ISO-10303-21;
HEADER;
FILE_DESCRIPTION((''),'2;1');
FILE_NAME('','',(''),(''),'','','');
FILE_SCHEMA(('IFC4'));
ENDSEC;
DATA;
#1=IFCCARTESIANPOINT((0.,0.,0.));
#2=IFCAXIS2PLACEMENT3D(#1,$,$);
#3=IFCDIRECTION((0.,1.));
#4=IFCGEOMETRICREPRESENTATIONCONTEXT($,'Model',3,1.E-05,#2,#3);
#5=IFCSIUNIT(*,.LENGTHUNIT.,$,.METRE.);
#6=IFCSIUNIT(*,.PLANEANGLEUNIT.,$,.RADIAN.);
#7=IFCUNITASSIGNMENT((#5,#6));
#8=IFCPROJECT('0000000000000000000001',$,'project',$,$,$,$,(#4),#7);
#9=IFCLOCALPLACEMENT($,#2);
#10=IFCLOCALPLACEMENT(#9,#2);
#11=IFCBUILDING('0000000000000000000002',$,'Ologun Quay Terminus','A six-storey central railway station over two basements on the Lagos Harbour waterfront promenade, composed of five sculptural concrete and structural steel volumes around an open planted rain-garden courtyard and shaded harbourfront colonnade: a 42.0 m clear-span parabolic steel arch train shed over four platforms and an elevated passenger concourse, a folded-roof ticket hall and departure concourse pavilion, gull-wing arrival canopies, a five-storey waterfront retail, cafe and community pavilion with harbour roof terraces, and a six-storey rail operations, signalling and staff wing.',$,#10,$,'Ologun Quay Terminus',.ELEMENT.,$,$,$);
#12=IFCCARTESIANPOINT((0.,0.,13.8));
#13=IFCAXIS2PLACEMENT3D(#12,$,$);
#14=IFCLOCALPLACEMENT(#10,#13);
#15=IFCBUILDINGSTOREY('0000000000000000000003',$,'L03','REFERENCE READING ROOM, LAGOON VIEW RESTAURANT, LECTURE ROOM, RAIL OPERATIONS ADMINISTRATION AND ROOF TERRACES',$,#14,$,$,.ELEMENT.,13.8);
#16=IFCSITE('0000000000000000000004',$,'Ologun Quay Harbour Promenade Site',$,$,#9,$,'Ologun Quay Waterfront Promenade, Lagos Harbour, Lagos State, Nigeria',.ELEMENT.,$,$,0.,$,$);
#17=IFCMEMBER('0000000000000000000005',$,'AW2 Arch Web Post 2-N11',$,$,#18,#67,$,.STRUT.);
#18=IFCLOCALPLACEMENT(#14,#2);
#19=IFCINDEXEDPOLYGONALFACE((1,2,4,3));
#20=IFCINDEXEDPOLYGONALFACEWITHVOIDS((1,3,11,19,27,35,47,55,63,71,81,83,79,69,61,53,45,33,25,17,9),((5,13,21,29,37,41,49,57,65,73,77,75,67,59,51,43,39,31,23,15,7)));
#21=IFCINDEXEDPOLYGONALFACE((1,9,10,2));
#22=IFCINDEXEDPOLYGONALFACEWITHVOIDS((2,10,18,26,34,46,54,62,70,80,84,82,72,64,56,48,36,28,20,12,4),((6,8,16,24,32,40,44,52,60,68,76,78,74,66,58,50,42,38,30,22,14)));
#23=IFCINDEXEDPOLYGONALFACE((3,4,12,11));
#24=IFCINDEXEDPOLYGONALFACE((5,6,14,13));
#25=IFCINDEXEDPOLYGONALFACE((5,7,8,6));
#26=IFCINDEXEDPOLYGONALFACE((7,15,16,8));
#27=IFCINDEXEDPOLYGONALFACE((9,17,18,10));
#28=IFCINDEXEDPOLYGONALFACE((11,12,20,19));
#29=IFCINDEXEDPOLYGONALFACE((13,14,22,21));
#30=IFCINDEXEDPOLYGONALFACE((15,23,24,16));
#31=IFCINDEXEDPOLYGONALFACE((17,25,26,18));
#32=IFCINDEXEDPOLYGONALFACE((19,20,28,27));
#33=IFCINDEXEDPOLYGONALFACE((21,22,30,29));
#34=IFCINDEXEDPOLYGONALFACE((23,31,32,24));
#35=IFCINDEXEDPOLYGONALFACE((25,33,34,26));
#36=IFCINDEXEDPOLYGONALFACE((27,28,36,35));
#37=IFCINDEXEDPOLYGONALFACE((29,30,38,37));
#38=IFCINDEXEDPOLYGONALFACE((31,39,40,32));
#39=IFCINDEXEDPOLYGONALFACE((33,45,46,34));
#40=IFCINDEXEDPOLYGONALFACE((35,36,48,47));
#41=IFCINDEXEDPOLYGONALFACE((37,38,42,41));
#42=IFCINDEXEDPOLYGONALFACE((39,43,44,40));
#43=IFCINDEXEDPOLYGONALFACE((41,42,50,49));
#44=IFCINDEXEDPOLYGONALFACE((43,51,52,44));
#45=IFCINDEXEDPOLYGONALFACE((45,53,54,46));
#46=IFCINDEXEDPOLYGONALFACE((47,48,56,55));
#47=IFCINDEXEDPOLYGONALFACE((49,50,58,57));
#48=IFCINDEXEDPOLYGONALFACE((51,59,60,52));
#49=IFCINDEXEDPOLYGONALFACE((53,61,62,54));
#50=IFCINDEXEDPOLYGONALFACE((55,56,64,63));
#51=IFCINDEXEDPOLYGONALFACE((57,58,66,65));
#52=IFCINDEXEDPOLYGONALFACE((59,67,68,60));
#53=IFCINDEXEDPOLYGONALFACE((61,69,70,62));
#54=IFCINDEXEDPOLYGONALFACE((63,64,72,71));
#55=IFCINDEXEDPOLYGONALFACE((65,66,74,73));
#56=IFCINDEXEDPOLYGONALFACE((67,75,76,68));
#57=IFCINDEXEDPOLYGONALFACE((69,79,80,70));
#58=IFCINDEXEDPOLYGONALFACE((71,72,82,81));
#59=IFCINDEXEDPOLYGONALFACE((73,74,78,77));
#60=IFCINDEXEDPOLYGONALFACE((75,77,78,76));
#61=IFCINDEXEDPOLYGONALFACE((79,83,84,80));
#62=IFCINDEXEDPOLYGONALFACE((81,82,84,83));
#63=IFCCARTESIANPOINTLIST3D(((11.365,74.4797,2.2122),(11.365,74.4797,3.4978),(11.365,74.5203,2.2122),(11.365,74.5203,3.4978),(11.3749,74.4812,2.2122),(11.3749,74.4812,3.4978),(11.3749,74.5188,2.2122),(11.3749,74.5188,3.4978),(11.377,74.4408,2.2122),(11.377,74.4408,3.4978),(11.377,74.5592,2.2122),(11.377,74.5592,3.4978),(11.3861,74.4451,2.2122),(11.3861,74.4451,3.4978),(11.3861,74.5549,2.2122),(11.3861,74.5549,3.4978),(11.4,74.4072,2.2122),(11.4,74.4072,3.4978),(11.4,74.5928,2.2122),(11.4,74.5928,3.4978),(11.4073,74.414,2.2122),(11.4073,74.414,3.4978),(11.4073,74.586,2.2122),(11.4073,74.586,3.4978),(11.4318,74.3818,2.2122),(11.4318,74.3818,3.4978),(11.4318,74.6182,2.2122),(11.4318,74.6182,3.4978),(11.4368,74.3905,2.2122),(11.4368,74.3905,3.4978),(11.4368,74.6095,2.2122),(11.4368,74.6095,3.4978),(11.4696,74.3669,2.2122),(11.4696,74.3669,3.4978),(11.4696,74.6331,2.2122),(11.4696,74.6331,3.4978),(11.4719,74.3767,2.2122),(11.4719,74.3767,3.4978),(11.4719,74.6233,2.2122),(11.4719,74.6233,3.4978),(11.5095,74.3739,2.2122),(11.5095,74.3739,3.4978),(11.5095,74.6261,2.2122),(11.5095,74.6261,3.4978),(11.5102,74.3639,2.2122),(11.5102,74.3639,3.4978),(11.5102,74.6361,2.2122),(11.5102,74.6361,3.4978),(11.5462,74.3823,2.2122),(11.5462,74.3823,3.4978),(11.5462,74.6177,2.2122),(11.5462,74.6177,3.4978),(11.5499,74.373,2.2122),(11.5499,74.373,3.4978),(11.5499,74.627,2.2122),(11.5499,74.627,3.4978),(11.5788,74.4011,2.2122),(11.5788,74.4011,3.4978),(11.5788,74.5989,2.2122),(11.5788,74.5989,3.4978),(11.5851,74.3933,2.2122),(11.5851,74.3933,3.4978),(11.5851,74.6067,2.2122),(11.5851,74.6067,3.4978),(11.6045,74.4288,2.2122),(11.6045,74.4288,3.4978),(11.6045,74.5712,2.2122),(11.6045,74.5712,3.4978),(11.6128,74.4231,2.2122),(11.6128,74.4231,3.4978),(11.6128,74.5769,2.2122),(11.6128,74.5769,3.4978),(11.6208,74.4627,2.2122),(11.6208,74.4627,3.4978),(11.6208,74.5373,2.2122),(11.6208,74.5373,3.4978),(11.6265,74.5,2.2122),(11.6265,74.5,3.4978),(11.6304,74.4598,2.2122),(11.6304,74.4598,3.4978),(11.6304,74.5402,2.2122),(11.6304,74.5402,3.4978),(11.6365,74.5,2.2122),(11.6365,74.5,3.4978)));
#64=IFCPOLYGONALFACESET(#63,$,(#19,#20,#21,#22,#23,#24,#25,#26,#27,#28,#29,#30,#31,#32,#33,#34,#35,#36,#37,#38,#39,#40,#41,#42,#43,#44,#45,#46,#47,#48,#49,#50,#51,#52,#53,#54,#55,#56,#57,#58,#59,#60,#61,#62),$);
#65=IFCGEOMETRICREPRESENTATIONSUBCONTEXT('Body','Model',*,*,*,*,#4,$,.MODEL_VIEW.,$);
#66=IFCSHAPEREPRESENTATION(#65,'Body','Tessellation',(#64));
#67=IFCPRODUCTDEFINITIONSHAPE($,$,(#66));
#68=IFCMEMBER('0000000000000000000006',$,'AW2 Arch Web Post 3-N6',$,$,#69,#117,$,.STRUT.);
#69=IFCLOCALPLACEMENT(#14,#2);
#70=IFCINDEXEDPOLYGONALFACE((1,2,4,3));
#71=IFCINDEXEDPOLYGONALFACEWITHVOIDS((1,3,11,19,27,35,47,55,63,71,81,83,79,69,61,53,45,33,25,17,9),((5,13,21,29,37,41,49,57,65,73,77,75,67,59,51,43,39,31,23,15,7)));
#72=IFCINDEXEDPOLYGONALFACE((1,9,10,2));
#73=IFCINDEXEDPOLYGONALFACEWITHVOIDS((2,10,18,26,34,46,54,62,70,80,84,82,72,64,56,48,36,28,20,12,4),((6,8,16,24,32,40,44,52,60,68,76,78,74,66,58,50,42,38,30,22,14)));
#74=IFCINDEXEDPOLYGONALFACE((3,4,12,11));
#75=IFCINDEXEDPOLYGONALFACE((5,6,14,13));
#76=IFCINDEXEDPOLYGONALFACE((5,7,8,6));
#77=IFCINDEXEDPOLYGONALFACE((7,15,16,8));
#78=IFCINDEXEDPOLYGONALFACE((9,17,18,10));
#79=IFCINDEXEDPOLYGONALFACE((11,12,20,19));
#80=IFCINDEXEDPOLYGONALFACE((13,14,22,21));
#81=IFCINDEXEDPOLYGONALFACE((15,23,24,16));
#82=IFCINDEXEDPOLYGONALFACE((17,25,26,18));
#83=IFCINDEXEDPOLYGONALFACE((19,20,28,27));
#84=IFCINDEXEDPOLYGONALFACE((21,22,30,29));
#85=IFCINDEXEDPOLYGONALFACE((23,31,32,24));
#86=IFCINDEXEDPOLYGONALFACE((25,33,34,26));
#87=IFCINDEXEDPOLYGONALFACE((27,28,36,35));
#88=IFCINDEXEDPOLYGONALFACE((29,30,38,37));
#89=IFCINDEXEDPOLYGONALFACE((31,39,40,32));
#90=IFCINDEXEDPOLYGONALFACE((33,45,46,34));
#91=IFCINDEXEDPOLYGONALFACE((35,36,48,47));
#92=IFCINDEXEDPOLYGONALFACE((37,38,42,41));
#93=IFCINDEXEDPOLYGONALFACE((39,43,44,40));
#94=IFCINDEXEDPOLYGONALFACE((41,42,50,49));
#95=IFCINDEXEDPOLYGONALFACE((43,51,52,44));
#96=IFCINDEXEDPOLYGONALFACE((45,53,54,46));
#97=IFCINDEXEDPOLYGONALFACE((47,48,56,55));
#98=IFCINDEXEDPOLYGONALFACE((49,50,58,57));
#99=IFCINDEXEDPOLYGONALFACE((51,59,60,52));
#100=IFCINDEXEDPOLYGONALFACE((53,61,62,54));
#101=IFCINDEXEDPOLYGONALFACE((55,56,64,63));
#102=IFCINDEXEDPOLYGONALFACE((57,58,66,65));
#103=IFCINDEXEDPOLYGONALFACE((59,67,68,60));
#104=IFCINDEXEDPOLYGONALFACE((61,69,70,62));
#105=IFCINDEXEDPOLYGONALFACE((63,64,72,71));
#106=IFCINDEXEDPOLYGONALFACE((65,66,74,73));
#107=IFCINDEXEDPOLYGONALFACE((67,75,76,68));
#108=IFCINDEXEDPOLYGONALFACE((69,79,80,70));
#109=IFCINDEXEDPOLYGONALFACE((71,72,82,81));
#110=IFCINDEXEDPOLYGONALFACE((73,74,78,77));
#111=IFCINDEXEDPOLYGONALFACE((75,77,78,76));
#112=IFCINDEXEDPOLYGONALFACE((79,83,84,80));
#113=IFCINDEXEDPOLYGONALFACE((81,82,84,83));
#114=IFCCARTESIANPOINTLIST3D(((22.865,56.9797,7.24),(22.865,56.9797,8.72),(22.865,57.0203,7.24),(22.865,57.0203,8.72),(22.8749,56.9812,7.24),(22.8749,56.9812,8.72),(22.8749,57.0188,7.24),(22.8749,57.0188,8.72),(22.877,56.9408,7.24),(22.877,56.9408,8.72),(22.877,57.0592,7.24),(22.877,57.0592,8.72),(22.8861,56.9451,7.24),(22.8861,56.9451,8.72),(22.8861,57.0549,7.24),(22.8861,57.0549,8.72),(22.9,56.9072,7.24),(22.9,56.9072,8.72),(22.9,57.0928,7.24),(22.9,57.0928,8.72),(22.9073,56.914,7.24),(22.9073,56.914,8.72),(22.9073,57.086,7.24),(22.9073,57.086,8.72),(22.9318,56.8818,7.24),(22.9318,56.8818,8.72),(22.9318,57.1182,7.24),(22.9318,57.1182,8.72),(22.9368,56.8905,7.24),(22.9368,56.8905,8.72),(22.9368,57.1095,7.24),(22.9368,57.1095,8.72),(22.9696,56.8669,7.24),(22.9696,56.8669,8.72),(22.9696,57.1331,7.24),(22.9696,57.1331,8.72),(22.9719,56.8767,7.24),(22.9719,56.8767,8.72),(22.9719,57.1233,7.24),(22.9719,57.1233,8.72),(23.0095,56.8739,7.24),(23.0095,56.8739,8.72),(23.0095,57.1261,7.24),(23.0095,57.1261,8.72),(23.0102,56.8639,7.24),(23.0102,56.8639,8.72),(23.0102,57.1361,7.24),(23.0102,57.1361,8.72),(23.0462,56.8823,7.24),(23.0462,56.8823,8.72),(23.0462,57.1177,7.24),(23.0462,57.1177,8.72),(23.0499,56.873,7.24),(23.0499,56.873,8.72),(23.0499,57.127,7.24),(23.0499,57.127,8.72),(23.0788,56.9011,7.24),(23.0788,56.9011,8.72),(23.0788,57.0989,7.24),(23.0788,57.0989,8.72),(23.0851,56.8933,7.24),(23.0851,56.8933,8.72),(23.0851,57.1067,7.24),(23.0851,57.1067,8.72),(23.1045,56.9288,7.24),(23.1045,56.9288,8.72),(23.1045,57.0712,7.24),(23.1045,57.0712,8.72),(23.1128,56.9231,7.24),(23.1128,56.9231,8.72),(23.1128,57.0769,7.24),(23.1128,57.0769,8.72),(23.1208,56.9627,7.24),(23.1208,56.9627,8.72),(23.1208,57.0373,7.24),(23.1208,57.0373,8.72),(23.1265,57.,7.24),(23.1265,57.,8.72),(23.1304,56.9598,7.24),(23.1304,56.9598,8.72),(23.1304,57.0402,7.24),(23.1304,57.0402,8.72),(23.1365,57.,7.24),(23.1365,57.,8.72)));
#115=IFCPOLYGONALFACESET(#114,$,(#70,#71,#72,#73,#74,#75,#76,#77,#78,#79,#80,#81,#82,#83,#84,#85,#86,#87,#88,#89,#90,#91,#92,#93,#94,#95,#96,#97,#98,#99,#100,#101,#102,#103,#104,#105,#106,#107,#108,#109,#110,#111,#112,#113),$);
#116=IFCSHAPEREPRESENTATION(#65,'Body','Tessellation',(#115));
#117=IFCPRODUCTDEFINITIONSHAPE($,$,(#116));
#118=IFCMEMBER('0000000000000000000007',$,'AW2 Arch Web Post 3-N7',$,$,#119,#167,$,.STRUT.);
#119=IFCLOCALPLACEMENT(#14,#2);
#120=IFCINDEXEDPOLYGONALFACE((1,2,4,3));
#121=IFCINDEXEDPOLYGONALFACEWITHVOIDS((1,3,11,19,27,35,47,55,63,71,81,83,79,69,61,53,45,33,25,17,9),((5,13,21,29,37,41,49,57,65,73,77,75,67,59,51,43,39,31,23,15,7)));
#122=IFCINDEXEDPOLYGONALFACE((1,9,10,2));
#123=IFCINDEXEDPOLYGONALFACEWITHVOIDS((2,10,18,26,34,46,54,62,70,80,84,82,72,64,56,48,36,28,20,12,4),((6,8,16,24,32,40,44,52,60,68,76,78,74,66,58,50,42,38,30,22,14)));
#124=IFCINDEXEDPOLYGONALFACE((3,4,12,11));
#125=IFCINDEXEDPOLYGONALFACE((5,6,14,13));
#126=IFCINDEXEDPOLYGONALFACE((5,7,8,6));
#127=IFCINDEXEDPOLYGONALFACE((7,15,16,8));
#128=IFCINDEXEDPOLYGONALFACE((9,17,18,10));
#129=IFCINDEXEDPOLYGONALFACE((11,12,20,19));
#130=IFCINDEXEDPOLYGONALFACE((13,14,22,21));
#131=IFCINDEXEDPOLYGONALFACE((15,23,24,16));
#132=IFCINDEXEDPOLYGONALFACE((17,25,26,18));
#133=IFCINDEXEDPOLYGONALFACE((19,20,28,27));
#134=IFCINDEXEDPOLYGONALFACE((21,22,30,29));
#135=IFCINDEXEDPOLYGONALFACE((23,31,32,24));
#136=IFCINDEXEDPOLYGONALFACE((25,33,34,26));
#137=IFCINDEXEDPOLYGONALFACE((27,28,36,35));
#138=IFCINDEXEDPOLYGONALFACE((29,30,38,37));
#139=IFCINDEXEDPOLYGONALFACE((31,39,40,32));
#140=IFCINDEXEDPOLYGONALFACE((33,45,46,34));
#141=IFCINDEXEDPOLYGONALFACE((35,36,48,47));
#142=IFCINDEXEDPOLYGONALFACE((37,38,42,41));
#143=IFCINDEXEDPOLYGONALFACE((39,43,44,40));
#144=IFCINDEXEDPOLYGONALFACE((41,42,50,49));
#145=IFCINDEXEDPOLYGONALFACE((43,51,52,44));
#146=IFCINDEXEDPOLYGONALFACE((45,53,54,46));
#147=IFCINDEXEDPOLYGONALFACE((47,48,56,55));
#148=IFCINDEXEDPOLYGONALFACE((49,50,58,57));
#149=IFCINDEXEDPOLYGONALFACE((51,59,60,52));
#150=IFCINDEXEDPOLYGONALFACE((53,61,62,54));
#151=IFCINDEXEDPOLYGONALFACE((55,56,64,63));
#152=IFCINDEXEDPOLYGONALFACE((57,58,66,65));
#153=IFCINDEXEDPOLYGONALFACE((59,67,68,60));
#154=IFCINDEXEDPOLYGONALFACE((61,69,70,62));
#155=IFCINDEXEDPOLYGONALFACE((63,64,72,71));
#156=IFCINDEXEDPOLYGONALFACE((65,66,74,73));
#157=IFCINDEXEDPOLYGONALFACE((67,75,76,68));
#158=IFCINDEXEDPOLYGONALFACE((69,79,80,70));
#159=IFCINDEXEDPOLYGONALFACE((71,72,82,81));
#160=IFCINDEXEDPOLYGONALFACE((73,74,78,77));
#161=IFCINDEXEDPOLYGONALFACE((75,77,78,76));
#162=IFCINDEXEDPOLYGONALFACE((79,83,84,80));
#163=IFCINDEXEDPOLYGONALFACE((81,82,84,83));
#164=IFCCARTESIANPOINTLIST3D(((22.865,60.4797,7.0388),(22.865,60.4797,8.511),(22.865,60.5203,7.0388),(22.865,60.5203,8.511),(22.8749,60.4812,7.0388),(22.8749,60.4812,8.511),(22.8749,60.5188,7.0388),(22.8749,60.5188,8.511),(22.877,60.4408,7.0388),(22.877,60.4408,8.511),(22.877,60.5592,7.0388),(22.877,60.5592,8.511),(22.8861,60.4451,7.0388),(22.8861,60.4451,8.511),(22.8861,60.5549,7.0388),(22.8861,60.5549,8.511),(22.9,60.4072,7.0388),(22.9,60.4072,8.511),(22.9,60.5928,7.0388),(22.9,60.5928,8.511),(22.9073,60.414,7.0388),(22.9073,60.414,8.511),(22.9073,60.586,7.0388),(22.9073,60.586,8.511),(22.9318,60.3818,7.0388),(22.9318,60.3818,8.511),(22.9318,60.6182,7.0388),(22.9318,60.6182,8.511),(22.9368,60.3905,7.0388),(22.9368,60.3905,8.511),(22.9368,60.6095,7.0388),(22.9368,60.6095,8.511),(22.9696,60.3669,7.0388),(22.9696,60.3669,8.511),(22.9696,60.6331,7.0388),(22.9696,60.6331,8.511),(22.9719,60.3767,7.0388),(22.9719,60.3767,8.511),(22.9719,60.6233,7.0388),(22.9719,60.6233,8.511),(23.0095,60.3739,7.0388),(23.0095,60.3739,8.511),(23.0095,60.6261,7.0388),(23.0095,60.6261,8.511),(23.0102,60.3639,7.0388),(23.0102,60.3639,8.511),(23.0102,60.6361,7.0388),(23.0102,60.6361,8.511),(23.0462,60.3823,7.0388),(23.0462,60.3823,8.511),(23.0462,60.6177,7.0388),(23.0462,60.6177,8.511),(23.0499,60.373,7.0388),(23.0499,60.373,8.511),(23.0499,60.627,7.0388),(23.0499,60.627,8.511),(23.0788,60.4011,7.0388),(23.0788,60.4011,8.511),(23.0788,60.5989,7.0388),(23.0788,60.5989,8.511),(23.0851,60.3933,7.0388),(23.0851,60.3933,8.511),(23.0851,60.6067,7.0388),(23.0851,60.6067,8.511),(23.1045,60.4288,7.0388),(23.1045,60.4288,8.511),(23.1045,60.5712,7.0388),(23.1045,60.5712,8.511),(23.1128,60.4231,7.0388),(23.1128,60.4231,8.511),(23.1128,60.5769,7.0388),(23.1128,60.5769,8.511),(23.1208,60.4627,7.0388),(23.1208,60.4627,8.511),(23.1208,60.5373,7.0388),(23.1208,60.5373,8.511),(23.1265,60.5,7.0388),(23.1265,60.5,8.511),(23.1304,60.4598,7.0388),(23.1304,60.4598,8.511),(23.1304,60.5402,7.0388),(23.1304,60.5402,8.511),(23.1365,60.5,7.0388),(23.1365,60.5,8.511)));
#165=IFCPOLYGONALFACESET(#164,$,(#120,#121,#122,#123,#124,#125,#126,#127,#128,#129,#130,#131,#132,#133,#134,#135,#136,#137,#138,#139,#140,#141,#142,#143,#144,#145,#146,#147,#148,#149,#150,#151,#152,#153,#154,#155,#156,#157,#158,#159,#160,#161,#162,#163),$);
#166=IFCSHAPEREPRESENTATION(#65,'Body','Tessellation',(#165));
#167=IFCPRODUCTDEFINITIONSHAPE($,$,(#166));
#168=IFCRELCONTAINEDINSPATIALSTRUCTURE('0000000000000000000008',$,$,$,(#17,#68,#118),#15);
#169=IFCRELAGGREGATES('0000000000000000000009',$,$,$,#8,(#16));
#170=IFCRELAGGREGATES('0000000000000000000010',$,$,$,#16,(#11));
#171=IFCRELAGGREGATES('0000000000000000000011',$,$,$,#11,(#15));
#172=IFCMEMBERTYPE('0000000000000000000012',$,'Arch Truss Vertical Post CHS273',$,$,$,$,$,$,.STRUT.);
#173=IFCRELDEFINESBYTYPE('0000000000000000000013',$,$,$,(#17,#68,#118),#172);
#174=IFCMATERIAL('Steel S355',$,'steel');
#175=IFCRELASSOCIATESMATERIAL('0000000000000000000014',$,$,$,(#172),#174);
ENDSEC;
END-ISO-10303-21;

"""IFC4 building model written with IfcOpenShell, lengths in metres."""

from ifc_helpers import new_model, si_unit, direction, frame, origin, origin_2d, place, context, subcontext, project, spatial, hollow_circle, extrude, material, material_profile, profile_set, type_object, element, save


model = new_model("IFC4")

# Units and contexts
model_context = context("Model", 3, precision=1e-05, world=origin(), true_north=direction((0.0, 1.0)))
body_context = subcontext(model_context, "Body", "Model", "MODEL_VIEW")
ifc_project = project(units=[si_unit("LENGTHUNIT", "METRE"), si_unit("PLANEANGLEUNIT", "RADIAN")], contexts=[model_context])

# Site, building, storey
site_placement = place(None, origin())
site = spatial("IfcSite", under=ifc_project, at=site_placement, Name="Ologun Quay Harbour Promenade Site", LongName="Ologun Quay Waterfront Promenade, Lagos Harbour, Lagos State, Nigeria", CompositionType="ELEMENT", RefElevation=0.0)
building_placement = place(site_placement, origin())
building = spatial("IfcBuilding", under=site, at=building_placement, Name="Ologun Quay Terminus", Description="A six-storey central railway station over two basements on the Lagos Harbour waterfront promenade, composed of five sculptural concrete and structural steel volumes around an open planted rain-garden courtyard and shaded harbourfront colonnade: a 42.0 m clear-span parabolic steel arch train shed over four platforms and an elevated passenger concourse, a folded-roof ticket hall and departure concourse pavilion, gull-wing arrival canopies, a five-storey waterfront retail, cafe and community pavilion with harbour roof terraces, and a six-storey rail operations, signalling and staff wing.", LongName="Ologun Quay Terminus", CompositionType="ELEMENT")
storey_placement = place(building_placement, frame((0.0, 0.0, 13.8)))
storey = spatial("IfcBuildingStorey", under=building, at=storey_placement, Name="L03", Description="REFERENCE READING ROOM, LAGOON VIEW RESTAURANT, LECTURE ROOM, RAIL OPERATIONS ADMINISTRATION AND ROOF TERRACES", CompositionType="ELEMENT", Elevation=13.8)

# Members
ifc_material_1 = material(Name="Steel S355", Category="steel")
ifc_material_profile_1 = material_profile(ifc_material_1, hollow_circle(Radius=0.1365, WallThickness=0.01, at=origin_2d()), Name="CHS 273x10")
ifc_profile_set_1 = profile_set([ifc_material_profile_1], Name="Steel S355")
member_type_1 = type_object("IfcMemberType", Name="Arch Truss Vertical Post CHS273", PredefinedType="STRUT", material=ifc_profile_set_1)
member_1_placement = place(storey_placement, frame((11.5, 74.5, 2.2122), z_axis=(0.0, 0.0, 1.0), x_axis=(1.0, 0.0, 0.0)))
element("IfcMember", 1, at=member_1_placement, inside=storey, type_object=member_type_1, Name="AW2 Arch Web Post 2-N11", PredefinedType="STRUT", context=body_context, shape_type="SweptSolid", body=[
    extrude(hollow_circle(Radius=0.1365, WallThickness=0.01, at=origin_2d()), origin(), (0.0, 0.0, 1.0), 1.2856),
])
member_2_placement = place(storey_placement, frame((23.0, 57.0, 7.24), z_axis=(0.0, 0.0, 1.0), x_axis=(1.0, 0.0, 0.0)))
element("IfcMember", 2, at=member_2_placement, inside=storey, type_object=member_type_1, Name="AW2 Arch Web Post 3-N6", PredefinedType="STRUT", context=body_context, shape_type="SweptSolid", body=[
    extrude(hollow_circle(Radius=0.1365, WallThickness=0.01, at=origin_2d()), origin(), (0.0, 0.0, 1.0), 1.48),
])
member_3_placement = place(storey_placement, frame((23.0, 60.5, 7.0388), z_axis=(0.0, 0.0, 1.0), x_axis=(1.0, 0.0, 0.0)))
element("IfcMember", 3, at=member_3_placement, inside=storey, type_object=member_type_1, Name="AW2 Arch Web Post 3-N7", PredefinedType="STRUT", context=body_context, shape_type="SweptSolid", body=[
    extrude(hollow_circle(Radius=0.1365, WallThickness=0.01, at=origin_2d()), origin(), (0.0, 0.0, 1.0), 1.4722),
])

save(model, "model.ifc")
